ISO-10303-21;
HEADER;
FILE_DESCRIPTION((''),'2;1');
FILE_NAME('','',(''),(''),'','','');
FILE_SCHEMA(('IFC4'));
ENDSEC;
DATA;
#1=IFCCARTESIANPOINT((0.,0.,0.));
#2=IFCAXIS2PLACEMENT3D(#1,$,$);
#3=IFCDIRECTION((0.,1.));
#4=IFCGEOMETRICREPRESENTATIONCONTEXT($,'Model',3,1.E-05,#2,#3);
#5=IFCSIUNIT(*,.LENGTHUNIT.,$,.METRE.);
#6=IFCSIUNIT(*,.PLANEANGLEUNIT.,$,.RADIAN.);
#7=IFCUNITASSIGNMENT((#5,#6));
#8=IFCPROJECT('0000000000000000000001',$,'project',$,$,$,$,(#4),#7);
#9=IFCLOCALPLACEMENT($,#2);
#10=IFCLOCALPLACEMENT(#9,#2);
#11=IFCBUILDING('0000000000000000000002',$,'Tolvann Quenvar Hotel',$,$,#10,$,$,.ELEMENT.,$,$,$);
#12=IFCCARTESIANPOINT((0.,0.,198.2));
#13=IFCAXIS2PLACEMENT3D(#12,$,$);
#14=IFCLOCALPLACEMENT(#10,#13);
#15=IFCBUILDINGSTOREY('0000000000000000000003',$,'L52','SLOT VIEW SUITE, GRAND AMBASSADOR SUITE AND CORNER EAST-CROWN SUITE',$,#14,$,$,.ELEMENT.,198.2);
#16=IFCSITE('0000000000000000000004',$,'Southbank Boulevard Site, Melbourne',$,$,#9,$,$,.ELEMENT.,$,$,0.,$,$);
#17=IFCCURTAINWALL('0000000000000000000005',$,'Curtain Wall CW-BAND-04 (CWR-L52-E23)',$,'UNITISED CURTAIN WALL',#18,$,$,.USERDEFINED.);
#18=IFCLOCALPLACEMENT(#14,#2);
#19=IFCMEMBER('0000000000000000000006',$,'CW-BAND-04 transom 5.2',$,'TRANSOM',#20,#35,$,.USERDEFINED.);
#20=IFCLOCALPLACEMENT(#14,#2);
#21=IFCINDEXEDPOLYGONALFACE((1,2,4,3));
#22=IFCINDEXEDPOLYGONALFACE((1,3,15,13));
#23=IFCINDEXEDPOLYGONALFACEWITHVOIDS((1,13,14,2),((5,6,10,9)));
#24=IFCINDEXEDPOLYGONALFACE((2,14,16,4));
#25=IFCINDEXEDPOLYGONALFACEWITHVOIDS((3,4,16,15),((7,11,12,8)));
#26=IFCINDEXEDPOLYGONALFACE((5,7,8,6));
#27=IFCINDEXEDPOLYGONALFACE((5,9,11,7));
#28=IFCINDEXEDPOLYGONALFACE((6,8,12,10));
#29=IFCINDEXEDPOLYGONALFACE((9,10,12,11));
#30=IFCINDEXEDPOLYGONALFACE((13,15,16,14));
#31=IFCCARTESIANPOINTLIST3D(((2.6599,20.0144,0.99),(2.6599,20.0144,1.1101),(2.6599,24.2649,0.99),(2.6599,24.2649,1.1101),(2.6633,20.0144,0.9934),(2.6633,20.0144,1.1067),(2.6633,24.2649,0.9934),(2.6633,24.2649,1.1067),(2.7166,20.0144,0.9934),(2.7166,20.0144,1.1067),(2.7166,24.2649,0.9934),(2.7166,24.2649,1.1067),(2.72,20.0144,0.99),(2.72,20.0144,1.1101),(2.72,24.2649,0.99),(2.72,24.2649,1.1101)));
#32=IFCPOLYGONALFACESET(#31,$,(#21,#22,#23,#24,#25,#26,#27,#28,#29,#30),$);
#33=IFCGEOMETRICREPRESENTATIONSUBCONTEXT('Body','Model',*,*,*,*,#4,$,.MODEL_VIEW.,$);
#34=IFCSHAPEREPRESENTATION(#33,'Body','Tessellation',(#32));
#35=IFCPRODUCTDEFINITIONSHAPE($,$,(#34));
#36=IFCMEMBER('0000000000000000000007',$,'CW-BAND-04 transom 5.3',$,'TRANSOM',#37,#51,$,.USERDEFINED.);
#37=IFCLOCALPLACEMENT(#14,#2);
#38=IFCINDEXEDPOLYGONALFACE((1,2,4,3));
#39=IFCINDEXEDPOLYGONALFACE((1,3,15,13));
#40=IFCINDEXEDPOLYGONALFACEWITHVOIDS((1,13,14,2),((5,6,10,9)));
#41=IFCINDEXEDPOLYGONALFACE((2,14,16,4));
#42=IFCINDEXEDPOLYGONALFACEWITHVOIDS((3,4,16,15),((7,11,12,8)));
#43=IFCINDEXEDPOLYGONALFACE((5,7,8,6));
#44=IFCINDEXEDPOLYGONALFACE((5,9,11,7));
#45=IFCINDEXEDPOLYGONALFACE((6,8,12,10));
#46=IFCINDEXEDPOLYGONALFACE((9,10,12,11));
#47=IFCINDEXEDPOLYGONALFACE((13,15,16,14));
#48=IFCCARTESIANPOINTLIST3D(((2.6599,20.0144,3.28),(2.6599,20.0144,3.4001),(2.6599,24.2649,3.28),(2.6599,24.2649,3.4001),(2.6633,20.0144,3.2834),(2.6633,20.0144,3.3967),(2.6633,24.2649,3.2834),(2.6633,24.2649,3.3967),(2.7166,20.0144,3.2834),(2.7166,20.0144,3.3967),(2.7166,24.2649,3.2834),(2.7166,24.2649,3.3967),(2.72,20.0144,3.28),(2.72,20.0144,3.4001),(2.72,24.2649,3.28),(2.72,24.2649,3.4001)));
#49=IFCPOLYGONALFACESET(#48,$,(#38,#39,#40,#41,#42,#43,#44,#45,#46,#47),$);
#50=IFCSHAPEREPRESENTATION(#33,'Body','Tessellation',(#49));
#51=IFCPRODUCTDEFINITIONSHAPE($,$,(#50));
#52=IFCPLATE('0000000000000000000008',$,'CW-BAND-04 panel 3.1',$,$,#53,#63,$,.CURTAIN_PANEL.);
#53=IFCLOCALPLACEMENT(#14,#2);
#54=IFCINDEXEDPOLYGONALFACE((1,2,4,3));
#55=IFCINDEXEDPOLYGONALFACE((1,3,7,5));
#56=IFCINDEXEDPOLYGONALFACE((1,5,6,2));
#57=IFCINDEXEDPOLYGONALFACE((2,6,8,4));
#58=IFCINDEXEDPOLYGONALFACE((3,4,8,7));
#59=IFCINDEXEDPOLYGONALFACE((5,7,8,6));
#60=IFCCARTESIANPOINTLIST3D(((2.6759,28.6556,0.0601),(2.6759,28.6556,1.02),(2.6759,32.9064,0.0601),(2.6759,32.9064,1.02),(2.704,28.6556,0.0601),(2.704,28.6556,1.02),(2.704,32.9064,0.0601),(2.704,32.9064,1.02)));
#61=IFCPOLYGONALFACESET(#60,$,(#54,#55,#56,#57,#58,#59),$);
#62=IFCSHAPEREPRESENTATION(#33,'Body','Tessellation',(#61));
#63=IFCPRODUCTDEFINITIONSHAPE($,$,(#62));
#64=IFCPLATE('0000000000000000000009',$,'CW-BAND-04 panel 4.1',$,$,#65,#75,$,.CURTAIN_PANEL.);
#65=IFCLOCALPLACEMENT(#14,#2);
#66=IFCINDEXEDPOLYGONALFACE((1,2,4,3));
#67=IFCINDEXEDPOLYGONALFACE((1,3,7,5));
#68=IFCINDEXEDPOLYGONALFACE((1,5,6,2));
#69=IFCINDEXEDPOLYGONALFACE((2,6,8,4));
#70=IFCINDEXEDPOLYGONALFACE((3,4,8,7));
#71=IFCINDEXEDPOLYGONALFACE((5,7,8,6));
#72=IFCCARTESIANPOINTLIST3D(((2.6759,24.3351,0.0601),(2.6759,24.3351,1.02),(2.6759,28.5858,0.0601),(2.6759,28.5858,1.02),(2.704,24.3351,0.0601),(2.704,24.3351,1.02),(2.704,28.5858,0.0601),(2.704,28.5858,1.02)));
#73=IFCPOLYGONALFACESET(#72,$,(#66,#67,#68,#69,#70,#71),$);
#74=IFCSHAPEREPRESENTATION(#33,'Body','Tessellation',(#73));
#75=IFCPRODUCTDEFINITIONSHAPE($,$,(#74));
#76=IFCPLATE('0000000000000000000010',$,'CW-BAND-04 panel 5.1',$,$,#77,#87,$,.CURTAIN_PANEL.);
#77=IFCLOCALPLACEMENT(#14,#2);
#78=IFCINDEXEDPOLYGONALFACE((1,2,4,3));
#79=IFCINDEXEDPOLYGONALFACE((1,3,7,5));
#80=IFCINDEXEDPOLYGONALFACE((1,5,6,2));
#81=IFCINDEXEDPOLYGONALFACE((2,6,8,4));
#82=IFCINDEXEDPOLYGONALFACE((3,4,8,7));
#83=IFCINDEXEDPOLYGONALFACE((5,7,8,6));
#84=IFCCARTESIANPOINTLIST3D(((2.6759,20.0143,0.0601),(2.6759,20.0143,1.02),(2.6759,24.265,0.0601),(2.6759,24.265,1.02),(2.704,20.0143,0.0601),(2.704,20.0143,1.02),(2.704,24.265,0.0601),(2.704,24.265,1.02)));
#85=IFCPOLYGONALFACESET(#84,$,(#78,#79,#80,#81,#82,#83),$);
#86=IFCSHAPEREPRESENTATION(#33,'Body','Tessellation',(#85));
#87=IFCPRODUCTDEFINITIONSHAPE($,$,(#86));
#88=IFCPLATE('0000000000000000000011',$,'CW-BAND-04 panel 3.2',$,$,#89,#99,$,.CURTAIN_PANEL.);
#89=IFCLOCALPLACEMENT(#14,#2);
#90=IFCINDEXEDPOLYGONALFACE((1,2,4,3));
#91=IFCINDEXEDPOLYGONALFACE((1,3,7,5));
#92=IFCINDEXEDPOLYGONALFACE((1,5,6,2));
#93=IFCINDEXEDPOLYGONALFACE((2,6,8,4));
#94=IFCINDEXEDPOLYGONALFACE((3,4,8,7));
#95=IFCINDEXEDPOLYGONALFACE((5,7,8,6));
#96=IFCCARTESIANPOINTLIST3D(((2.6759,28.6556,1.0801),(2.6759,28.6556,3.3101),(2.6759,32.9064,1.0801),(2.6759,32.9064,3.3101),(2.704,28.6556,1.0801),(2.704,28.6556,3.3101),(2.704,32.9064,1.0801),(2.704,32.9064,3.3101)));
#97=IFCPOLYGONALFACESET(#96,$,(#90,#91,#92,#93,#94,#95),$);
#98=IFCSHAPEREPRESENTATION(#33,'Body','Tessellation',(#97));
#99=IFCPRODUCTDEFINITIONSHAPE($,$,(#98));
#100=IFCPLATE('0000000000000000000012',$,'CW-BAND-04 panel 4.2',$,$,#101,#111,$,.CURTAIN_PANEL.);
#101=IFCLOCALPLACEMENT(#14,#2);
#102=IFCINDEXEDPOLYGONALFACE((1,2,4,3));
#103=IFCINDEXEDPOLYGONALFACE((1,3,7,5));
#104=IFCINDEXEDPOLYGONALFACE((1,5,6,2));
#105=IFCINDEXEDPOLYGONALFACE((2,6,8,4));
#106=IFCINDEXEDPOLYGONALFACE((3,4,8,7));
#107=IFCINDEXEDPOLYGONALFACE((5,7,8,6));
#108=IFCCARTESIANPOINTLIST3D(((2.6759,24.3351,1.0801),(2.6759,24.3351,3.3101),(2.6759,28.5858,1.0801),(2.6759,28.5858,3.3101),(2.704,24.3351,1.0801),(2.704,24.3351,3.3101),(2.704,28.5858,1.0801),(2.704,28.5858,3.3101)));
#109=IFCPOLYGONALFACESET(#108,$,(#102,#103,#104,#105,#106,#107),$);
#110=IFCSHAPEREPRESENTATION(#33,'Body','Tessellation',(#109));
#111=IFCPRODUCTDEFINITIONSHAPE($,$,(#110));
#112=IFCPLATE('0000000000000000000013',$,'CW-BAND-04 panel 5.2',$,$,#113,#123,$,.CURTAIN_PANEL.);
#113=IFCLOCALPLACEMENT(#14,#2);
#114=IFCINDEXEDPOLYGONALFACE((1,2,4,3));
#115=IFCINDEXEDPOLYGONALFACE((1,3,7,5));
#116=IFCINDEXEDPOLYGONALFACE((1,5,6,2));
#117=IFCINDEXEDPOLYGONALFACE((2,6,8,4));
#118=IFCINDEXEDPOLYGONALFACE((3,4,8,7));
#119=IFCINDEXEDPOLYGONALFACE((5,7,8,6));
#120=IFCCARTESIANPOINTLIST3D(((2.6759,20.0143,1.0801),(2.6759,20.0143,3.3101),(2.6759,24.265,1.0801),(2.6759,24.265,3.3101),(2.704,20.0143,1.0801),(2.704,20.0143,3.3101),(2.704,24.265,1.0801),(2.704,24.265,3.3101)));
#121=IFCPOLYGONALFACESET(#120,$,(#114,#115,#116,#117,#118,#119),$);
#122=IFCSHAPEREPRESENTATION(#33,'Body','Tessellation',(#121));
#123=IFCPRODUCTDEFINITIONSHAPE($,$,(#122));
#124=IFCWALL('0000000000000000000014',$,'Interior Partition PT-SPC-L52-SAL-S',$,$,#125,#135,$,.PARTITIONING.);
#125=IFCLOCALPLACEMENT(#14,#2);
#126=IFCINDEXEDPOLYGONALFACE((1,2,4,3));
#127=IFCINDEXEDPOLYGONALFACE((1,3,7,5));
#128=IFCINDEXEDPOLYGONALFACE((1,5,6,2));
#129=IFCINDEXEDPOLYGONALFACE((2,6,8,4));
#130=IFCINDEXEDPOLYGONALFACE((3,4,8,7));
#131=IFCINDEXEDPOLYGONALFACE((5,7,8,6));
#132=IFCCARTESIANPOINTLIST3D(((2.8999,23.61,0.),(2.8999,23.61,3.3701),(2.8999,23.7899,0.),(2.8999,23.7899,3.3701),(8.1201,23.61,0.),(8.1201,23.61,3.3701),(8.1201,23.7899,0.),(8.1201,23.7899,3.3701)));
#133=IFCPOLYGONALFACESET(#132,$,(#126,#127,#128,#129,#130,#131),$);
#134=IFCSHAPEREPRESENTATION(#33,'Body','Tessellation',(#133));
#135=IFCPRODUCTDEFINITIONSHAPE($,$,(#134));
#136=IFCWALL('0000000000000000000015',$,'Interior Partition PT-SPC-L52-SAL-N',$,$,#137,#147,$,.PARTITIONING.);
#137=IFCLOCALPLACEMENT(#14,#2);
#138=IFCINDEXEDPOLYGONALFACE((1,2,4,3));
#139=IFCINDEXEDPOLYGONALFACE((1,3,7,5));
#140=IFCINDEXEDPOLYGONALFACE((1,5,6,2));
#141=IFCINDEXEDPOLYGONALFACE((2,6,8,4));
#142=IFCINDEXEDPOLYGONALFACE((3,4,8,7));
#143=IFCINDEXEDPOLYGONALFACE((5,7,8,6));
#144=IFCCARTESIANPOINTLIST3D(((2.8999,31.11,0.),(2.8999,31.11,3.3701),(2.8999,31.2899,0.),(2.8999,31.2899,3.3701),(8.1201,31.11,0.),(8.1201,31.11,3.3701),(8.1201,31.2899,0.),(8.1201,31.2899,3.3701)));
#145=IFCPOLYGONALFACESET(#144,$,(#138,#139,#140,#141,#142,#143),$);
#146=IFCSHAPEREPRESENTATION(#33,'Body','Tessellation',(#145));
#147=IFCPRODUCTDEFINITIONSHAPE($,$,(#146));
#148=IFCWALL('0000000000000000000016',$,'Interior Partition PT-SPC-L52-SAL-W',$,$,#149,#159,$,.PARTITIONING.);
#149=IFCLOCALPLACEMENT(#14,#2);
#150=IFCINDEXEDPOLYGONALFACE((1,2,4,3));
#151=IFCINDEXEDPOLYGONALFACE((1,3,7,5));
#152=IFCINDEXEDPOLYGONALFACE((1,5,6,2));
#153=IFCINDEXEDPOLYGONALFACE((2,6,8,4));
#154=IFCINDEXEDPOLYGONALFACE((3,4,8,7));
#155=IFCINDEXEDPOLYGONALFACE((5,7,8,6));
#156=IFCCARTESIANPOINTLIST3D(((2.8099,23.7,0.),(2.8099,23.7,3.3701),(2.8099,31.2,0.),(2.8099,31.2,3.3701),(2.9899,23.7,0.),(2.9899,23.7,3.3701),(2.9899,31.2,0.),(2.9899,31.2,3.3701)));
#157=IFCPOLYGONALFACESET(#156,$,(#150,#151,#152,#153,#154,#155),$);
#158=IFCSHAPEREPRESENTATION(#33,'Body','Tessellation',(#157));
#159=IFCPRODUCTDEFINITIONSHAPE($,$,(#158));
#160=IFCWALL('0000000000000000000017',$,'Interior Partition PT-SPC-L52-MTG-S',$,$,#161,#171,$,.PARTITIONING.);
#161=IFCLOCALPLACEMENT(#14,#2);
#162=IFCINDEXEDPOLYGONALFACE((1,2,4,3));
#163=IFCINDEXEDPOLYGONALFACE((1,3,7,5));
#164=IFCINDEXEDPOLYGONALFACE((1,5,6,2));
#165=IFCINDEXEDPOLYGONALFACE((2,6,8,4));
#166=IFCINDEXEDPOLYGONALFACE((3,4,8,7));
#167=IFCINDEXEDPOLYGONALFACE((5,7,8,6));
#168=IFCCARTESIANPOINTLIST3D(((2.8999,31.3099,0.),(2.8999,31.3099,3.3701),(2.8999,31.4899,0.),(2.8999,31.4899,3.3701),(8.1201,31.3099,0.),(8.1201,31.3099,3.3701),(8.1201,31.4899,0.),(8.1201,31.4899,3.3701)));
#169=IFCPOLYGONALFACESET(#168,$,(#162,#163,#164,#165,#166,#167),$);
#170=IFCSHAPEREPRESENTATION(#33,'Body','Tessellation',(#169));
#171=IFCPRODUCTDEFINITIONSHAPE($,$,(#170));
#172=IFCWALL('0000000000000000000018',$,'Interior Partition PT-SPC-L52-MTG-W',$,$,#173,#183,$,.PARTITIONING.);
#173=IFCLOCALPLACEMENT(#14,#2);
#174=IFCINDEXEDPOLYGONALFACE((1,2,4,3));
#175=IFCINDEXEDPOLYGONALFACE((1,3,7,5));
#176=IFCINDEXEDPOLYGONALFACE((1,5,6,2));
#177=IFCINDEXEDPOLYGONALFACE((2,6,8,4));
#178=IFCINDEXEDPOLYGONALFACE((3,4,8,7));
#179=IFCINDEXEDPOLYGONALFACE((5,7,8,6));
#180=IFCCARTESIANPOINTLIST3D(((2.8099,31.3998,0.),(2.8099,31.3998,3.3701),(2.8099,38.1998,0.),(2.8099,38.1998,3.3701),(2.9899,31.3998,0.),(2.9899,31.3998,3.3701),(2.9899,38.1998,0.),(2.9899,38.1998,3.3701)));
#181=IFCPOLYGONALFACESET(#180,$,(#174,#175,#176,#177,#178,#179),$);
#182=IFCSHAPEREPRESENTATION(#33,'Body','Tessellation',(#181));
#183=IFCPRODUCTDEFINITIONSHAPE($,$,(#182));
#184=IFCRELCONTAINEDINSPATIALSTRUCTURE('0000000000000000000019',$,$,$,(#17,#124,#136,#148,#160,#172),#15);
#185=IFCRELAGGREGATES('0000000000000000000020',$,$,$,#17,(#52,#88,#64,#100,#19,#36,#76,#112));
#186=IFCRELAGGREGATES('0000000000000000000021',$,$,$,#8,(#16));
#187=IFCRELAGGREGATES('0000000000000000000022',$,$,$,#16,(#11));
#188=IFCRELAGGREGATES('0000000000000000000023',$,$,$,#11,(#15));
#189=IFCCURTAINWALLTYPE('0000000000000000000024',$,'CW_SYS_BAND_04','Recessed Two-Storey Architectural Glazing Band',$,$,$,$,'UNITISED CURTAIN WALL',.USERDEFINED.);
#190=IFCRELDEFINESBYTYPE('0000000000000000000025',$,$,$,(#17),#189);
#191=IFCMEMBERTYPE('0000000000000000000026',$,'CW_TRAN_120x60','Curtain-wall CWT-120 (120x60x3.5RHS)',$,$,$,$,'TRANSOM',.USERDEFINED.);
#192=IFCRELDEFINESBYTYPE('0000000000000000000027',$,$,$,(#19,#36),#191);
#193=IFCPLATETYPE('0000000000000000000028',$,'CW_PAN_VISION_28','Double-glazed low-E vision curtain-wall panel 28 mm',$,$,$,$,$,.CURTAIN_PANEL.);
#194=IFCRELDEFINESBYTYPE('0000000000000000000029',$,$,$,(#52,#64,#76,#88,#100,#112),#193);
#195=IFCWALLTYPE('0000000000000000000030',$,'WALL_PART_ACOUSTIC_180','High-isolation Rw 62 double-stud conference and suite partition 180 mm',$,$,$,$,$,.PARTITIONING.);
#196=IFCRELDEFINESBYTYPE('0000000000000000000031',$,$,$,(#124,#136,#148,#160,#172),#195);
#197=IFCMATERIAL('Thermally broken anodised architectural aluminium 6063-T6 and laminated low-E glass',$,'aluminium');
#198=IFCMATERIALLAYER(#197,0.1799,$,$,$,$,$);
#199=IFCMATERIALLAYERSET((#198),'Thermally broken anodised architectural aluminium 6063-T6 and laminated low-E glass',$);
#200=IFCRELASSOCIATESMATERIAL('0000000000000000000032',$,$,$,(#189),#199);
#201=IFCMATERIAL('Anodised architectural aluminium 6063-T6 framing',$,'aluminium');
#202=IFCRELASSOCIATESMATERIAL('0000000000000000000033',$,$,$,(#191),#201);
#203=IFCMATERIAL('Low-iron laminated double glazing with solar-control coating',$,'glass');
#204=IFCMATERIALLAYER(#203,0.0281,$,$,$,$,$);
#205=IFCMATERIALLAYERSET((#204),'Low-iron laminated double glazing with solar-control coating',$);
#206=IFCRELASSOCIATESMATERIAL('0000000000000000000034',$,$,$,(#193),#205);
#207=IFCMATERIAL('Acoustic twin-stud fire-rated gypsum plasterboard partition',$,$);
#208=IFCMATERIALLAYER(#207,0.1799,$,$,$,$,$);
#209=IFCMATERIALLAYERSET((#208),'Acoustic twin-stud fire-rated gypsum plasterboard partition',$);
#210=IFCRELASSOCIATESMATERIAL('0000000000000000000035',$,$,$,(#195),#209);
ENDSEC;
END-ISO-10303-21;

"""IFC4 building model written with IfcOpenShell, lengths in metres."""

from ifc_helpers import new_model, si_unit, direction, frame, frame_2d, origin, origin_2d, place, context, subcontext, project, spatial, rectangle, hollow_rectangle, extrude, source, transform, mapped, material, layer, layer_set, material_profile, profile_set, type_object, type_shapes, element, aggregate, save


model = new_model("IFC4")

# Units and contexts
model_context = context("Model", 3, precision=1e-05, world=origin(), true_north=direction((0.0, 1.0)))
body_context = subcontext(model_context, "Body", "Model", "MODEL_VIEW")
ifc_project = project(units=[si_unit("LENGTHUNIT", "METRE"), si_unit("PLANEANGLEUNIT", "RADIAN")], contexts=[model_context])

# Site, building, storey
site_placement = place(None, origin())
site = spatial("IfcSite", under=ifc_project, at=site_placement, Name="Southbank Boulevard Site, Melbourne", CompositionType="ELEMENT", RefElevation=0.0)
building_placement = place(site_placement, origin())
building = spatial("IfcBuilding", under=site, at=building_placement, Name="Tolvann Quenvar Hotel", CompositionType="ELEMENT")
storey_placement = place(building_placement, frame((0.0, 0.0, 198.2)))
storey = spatial("IfcBuildingStorey", under=building, at=storey_placement, Name="L52", Description="SLOT VIEW SUITE, GRAND AMBASSADOR SUITE AND CORNER EAST-CROWN SUITE", CompositionType="ELEMENT", Elevation=198.2)

# Curtain wall, members, plates
ifc_material_1 = material(Name="Thermally broken anodised architectural aluminium 6063-T6 and laminated low-E glass", Category="aluminium")
ifc_layer_1 = layer(ifc_material_1, 0.1799)
ifc_layer_set_1 = layer_set([ifc_layer_1], Name="Thermally broken anodised architectural aluminium 6063-T6 and laminated low-E glass")
curtain_wall_type = type_object("IfcCurtainWallType", Name="CW_SYS_BAND_04", Description="Recessed Two-Storey Architectural Glazing Band", ElementType="UNITISED CURTAIN WALL", PredefinedType="USERDEFINED", material=ifc_layer_set_1)
curtain_wall_placement = place(storey_placement, origin())
curtain_wall = element("IfcCurtainWall", 1, at=curtain_wall_placement, inside=storey, type_object=curtain_wall_type, Name="Curtain Wall CW-BAND-04 (CWR-L52-E23)", ObjectType="UNITISED CURTAIN WALL", PredefinedType="USERDEFINED")
ifc_material_2 = material(Name="Anodised architectural aluminium 6063-T6 framing", Category="aluminium")
ifc_material_profile_1 = material_profile(ifc_material_2, hollow_rectangle(XDim=0.0601, YDim=0.1201, WallThickness=0.0034, at=origin_2d()), Name="120x60x3.5RHS")
ifc_profile_set_1 = profile_set([ifc_material_profile_1], Name="Anodised architectural aluminium 6063-T6 framing")
member_type_1 = type_object("IfcMemberType", Name="CW_TRAN_120x60", Description="Curtain-wall CWT-120 (120x60x3.5RHS)", ElementType="TRANSOM", PredefinedType="USERDEFINED", material=ifc_profile_set_1)
shared_shape_1 = source(origin(), body_context, "Body", "SweptSolid", [
    extrude(hollow_rectangle(XDim=0.0601, YDim=0.1201, WallThickness=0.0034, at=origin_2d()), origin(), (0.0, 0.0, 1.0), 4.2505),
])
member_1_placement = place(storey_placement, frame((2.6899, 24.2649, 1.05), z_axis=(0.0, -1.0, 0.0), x_axis=(1.0, 0.0, 0.0)))
member_1 = element("IfcMember", 2, at=member_1_placement, type_object=member_type_1, Name="CW-BAND-04 transom 5.2", ObjectType="TRANSOM", PredefinedType="USERDEFINED", context=body_context, shape_type="MappedRepresentation", body=[
    mapped(shared_shape_1, transform((0.0, 0.0, 0.0), x_axis=(1.0, 0.0, 0.0), y_axis=(0.0, 1.0, 0.0), z_axis=(0.0, 0.0, 1.0), scale=1.0)),
])
member_2_placement = place(storey_placement, frame((2.6899, 24.2649, 3.3401), z_axis=(0.0, -1.0, 0.0), x_axis=(1.0, 0.0, 0.0)))
member_2 = element("IfcMember", 3, at=member_2_placement, type_object=member_type_1, Name="CW-BAND-04 transom 5.3", ObjectType="TRANSOM", PredefinedType="USERDEFINED", context=body_context, shape_type="MappedRepresentation", body=[
    mapped(shared_shape_1, transform((0.0, 0.0, 0.0), x_axis=(1.0, 0.0, 0.0), y_axis=(0.0, 1.0, 0.0), z_axis=(0.0, 0.0, 1.0), scale=1.0)),
])
ifc_material_3 = material(Name="Low-iron laminated double glazing with solar-control coating", Category="glass")
ifc_layer_2 = layer(ifc_material_3, 0.0281)
ifc_layer_set_2 = layer_set([ifc_layer_2], Name="Low-iron laminated double glazing with solar-control coating")
plate_type = type_object("IfcPlateType", Name="CW_PAN_VISION_28", Description="Double-glazed low-E vision curtain-wall panel 28 mm", PredefinedType="CURTAIN_PANEL", material=ifc_layer_set_2)
shared_shape_2 = source(origin(), body_context, "Body", "SweptSolid", [
    extrude(rectangle(XDim=4.2507, YDim=0.0281, at=origin_2d()), origin(), (0.0, 0.0, 1.0), 0.96),
])
plate_1_placement = place(storey_placement, frame((2.6899, 30.781, 0.0601), z_axis=(0.0, 0.0, 1.0), x_axis=(0.0, -1.0, 0.0)))
plate_1 = element("IfcPlate", 4, at=plate_1_placement, type_object=plate_type, Name="CW-BAND-04 panel 3.1", PredefinedType="CURTAIN_PANEL", context=body_context, shape_type="MappedRepresentation", body=[
    mapped(shared_shape_2, transform((0.0, 0.0, 0.0), x_axis=(1.0, 0.0, 0.0), y_axis=(0.0, 1.0, 0.0), z_axis=(0.0, 0.0, 1.0), scale=1.0)),
])
plate_2_placement = place(storey_placement, frame((2.6899, 26.4604, 0.0601), z_axis=(0.0, 0.0, 1.0), x_axis=(0.0, -1.0, 0.0)))
plate_2 = element("IfcPlate", 5, at=plate_2_placement, type_object=plate_type, Name="CW-BAND-04 panel 4.1", PredefinedType="CURTAIN_PANEL", context=body_context, shape_type="MappedRepresentation", body=[
    mapped(shared_shape_2, transform((0.0, 0.0, 0.0), x_axis=(1.0, 0.0, 0.0), y_axis=(0.0, 1.0, 0.0), z_axis=(0.0, 0.0, 1.0), scale=1.0)),
])
plate_3_placement = place(storey_placement, frame((2.6899, 22.1396, 0.0601), z_axis=(0.0, 0.0, 1.0), x_axis=(0.0, -1.0, 0.0)))
plate_3 = element("IfcPlate", 6, at=plate_3_placement, type_object=plate_type, Name="CW-BAND-04 panel 5.1", PredefinedType="CURTAIN_PANEL", context=body_context, shape_type="MappedRepresentation", body=[
    mapped(shared_shape_2, transform((0.0, 0.0, 0.0), x_axis=(1.0, 0.0, 0.0), y_axis=(0.0, 1.0, 0.0), z_axis=(0.0, 0.0, 1.0), scale=1.0)),
])
shared_shape_3 = source(origin(), body_context, "Body", "SweptSolid", [
    extrude(rectangle(XDim=4.2507, YDim=0.0281, at=origin_2d()), origin(), (0.0, 0.0, 1.0), 2.23),
])
type_shapes(plate_type, [shared_shape_2, shared_shape_3])
plate_4_placement = place(storey_placement, frame((2.6899, 30.781, 1.0801), z_axis=(0.0, 0.0, 1.0), x_axis=(0.0, -1.0, 0.0)))
plate_4 = element("IfcPlate", 7, at=plate_4_placement, type_object=plate_type, Name="CW-BAND-04 panel 3.2", PredefinedType="CURTAIN_PANEL", context=body_context, shape_type="MappedRepresentation", body=[
    mapped(shared_shape_3, transform((0.0, 0.0, 0.0), x_axis=(1.0, 0.0, 0.0), y_axis=(0.0, 1.0, 0.0), z_axis=(0.0, 0.0, 1.0), scale=1.0)),
])
plate_5_placement = place(storey_placement, frame((2.6899, 26.4604, 1.0801), z_axis=(0.0, 0.0, 1.0), x_axis=(0.0, -1.0, 0.0)))
plate_5 = element("IfcPlate", 8, at=plate_5_placement, type_object=plate_type, Name="CW-BAND-04 panel 4.2", PredefinedType="CURTAIN_PANEL", context=body_context, shape_type="MappedRepresentation", body=[
    mapped(shared_shape_3, transform((0.0, 0.0, 0.0), x_axis=(1.0, 0.0, 0.0), y_axis=(0.0, 1.0, 0.0), z_axis=(0.0, 0.0, 1.0), scale=1.0)),
])
plate_6_placement = place(storey_placement, frame((2.6899, 22.1396, 1.0801), z_axis=(0.0, 0.0, 1.0), x_axis=(0.0, -1.0, 0.0)))
plate_6 = element("IfcPlate", 9, at=plate_6_placement, type_object=plate_type, Name="CW-BAND-04 panel 5.2", PredefinedType="CURTAIN_PANEL", context=body_context, shape_type="MappedRepresentation", body=[
    mapped(shared_shape_3, transform((0.0, 0.0, 0.0), x_axis=(1.0, 0.0, 0.0), y_axis=(0.0, 1.0, 0.0), z_axis=(0.0, 0.0, 1.0), scale=1.0)),
])
aggregate(curtain_wall, [plate_1, plate_4, plate_2, plate_5, member_1, member_2, plate_3, plate_6])

# Walls
ifc_material_4 = material(Name="Acoustic twin-stud fire-rated gypsum plasterboard partition")
ifc_layer_3 = layer(ifc_material_4, 0.1799)
ifc_layer_set_3 = layer_set([ifc_layer_3], Name="Acoustic twin-stud fire-rated gypsum plasterboard partition")
wall_type_1 = type_object("IfcWallType", Name="WALL_PART_ACOUSTIC_180", Description="High-isolation Rw 62 double-stud conference and suite partition 180 mm", PredefinedType="PARTITIONING", material=ifc_layer_set_3)
for number, where, z_axis, x_axis, name in (
    (10, (2.8999, 23.7, 0.0), (0.0, 0.0, 1.0), (1.0, 0.0, 0.0), "Interior Partition PT-SPC-L52-SAL-S"),
    (11, (2.8999, 31.2, 0.0), (0.0, 0.0, 1.0), (1.0, 0.0, 0.0), "Interior Partition PT-SPC-L52-SAL-N"),
):
    element("IfcWall", number, at=place(storey_placement, frame(where, z_axis=z_axis, x_axis=x_axis)), inside=storey, type_object=wall_type_1, Name=name, PredefinedType="PARTITIONING", context=body_context, shape_type="SweptSolid", body=[
        extrude(rectangle(XDim=5.2202, YDim=0.1799, at=frame_2d((2.6101, 0.0))), origin(), (0.0, 0.0, 1.0), 3.3701),
    ])
wall_1_placement = place(storey_placement, frame((2.8999, 23.7, 0.0), z_axis=(0.0, 0.0, 1.0), x_axis=(0.0, 1.0, 0.0)))
element("IfcWall", 12, at=wall_1_placement, inside=storey, type_object=wall_type_1, Name="Interior Partition PT-SPC-L52-SAL-W", PredefinedType="PARTITIONING", context=body_context, shape_type="SweptSolid", body=[
    extrude(rectangle(XDim=7.5, YDim=0.1799, at=frame_2d((3.75, 0.0))), origin(), (0.0, 0.0, 1.0), 3.3701),
])
wall_2_placement = place(storey_placement, frame((2.8999, 31.3999, 0.0), z_axis=(0.0, 0.0, 1.0), x_axis=(1.0, 0.0, 0.0)))
element("IfcWall", 13, at=wall_2_placement, inside=storey, type_object=wall_type_1, Name="Interior Partition PT-SPC-L52-MTG-S", PredefinedType="PARTITIONING", context=body_context, shape_type="SweptSolid", body=[
    extrude(rectangle(XDim=5.2202, YDim=0.1799, at=frame_2d((2.6101, 0.0))), origin(), (0.0, 0.0, 1.0), 3.3701),
])
wall_3_placement = place(storey_placement, frame((2.8999, 31.3999, 0.0), z_axis=(0.0, 0.0, 1.0), x_axis=(0.0, 1.0, 0.0)))
element("IfcWall", 14, at=wall_3_placement, inside=storey, type_object=wall_type_1, Name="Interior Partition PT-SPC-L52-MTG-W", PredefinedType="PARTITIONING", context=body_context, shape_type="SweptSolid", body=[
    extrude(rectangle(XDim=6.8, YDim=0.1799, at=frame_2d((3.3999, 0.0))), origin(), (0.0, 0.0, 1.0), 3.3701),
])

save(model, "model.ifc")
